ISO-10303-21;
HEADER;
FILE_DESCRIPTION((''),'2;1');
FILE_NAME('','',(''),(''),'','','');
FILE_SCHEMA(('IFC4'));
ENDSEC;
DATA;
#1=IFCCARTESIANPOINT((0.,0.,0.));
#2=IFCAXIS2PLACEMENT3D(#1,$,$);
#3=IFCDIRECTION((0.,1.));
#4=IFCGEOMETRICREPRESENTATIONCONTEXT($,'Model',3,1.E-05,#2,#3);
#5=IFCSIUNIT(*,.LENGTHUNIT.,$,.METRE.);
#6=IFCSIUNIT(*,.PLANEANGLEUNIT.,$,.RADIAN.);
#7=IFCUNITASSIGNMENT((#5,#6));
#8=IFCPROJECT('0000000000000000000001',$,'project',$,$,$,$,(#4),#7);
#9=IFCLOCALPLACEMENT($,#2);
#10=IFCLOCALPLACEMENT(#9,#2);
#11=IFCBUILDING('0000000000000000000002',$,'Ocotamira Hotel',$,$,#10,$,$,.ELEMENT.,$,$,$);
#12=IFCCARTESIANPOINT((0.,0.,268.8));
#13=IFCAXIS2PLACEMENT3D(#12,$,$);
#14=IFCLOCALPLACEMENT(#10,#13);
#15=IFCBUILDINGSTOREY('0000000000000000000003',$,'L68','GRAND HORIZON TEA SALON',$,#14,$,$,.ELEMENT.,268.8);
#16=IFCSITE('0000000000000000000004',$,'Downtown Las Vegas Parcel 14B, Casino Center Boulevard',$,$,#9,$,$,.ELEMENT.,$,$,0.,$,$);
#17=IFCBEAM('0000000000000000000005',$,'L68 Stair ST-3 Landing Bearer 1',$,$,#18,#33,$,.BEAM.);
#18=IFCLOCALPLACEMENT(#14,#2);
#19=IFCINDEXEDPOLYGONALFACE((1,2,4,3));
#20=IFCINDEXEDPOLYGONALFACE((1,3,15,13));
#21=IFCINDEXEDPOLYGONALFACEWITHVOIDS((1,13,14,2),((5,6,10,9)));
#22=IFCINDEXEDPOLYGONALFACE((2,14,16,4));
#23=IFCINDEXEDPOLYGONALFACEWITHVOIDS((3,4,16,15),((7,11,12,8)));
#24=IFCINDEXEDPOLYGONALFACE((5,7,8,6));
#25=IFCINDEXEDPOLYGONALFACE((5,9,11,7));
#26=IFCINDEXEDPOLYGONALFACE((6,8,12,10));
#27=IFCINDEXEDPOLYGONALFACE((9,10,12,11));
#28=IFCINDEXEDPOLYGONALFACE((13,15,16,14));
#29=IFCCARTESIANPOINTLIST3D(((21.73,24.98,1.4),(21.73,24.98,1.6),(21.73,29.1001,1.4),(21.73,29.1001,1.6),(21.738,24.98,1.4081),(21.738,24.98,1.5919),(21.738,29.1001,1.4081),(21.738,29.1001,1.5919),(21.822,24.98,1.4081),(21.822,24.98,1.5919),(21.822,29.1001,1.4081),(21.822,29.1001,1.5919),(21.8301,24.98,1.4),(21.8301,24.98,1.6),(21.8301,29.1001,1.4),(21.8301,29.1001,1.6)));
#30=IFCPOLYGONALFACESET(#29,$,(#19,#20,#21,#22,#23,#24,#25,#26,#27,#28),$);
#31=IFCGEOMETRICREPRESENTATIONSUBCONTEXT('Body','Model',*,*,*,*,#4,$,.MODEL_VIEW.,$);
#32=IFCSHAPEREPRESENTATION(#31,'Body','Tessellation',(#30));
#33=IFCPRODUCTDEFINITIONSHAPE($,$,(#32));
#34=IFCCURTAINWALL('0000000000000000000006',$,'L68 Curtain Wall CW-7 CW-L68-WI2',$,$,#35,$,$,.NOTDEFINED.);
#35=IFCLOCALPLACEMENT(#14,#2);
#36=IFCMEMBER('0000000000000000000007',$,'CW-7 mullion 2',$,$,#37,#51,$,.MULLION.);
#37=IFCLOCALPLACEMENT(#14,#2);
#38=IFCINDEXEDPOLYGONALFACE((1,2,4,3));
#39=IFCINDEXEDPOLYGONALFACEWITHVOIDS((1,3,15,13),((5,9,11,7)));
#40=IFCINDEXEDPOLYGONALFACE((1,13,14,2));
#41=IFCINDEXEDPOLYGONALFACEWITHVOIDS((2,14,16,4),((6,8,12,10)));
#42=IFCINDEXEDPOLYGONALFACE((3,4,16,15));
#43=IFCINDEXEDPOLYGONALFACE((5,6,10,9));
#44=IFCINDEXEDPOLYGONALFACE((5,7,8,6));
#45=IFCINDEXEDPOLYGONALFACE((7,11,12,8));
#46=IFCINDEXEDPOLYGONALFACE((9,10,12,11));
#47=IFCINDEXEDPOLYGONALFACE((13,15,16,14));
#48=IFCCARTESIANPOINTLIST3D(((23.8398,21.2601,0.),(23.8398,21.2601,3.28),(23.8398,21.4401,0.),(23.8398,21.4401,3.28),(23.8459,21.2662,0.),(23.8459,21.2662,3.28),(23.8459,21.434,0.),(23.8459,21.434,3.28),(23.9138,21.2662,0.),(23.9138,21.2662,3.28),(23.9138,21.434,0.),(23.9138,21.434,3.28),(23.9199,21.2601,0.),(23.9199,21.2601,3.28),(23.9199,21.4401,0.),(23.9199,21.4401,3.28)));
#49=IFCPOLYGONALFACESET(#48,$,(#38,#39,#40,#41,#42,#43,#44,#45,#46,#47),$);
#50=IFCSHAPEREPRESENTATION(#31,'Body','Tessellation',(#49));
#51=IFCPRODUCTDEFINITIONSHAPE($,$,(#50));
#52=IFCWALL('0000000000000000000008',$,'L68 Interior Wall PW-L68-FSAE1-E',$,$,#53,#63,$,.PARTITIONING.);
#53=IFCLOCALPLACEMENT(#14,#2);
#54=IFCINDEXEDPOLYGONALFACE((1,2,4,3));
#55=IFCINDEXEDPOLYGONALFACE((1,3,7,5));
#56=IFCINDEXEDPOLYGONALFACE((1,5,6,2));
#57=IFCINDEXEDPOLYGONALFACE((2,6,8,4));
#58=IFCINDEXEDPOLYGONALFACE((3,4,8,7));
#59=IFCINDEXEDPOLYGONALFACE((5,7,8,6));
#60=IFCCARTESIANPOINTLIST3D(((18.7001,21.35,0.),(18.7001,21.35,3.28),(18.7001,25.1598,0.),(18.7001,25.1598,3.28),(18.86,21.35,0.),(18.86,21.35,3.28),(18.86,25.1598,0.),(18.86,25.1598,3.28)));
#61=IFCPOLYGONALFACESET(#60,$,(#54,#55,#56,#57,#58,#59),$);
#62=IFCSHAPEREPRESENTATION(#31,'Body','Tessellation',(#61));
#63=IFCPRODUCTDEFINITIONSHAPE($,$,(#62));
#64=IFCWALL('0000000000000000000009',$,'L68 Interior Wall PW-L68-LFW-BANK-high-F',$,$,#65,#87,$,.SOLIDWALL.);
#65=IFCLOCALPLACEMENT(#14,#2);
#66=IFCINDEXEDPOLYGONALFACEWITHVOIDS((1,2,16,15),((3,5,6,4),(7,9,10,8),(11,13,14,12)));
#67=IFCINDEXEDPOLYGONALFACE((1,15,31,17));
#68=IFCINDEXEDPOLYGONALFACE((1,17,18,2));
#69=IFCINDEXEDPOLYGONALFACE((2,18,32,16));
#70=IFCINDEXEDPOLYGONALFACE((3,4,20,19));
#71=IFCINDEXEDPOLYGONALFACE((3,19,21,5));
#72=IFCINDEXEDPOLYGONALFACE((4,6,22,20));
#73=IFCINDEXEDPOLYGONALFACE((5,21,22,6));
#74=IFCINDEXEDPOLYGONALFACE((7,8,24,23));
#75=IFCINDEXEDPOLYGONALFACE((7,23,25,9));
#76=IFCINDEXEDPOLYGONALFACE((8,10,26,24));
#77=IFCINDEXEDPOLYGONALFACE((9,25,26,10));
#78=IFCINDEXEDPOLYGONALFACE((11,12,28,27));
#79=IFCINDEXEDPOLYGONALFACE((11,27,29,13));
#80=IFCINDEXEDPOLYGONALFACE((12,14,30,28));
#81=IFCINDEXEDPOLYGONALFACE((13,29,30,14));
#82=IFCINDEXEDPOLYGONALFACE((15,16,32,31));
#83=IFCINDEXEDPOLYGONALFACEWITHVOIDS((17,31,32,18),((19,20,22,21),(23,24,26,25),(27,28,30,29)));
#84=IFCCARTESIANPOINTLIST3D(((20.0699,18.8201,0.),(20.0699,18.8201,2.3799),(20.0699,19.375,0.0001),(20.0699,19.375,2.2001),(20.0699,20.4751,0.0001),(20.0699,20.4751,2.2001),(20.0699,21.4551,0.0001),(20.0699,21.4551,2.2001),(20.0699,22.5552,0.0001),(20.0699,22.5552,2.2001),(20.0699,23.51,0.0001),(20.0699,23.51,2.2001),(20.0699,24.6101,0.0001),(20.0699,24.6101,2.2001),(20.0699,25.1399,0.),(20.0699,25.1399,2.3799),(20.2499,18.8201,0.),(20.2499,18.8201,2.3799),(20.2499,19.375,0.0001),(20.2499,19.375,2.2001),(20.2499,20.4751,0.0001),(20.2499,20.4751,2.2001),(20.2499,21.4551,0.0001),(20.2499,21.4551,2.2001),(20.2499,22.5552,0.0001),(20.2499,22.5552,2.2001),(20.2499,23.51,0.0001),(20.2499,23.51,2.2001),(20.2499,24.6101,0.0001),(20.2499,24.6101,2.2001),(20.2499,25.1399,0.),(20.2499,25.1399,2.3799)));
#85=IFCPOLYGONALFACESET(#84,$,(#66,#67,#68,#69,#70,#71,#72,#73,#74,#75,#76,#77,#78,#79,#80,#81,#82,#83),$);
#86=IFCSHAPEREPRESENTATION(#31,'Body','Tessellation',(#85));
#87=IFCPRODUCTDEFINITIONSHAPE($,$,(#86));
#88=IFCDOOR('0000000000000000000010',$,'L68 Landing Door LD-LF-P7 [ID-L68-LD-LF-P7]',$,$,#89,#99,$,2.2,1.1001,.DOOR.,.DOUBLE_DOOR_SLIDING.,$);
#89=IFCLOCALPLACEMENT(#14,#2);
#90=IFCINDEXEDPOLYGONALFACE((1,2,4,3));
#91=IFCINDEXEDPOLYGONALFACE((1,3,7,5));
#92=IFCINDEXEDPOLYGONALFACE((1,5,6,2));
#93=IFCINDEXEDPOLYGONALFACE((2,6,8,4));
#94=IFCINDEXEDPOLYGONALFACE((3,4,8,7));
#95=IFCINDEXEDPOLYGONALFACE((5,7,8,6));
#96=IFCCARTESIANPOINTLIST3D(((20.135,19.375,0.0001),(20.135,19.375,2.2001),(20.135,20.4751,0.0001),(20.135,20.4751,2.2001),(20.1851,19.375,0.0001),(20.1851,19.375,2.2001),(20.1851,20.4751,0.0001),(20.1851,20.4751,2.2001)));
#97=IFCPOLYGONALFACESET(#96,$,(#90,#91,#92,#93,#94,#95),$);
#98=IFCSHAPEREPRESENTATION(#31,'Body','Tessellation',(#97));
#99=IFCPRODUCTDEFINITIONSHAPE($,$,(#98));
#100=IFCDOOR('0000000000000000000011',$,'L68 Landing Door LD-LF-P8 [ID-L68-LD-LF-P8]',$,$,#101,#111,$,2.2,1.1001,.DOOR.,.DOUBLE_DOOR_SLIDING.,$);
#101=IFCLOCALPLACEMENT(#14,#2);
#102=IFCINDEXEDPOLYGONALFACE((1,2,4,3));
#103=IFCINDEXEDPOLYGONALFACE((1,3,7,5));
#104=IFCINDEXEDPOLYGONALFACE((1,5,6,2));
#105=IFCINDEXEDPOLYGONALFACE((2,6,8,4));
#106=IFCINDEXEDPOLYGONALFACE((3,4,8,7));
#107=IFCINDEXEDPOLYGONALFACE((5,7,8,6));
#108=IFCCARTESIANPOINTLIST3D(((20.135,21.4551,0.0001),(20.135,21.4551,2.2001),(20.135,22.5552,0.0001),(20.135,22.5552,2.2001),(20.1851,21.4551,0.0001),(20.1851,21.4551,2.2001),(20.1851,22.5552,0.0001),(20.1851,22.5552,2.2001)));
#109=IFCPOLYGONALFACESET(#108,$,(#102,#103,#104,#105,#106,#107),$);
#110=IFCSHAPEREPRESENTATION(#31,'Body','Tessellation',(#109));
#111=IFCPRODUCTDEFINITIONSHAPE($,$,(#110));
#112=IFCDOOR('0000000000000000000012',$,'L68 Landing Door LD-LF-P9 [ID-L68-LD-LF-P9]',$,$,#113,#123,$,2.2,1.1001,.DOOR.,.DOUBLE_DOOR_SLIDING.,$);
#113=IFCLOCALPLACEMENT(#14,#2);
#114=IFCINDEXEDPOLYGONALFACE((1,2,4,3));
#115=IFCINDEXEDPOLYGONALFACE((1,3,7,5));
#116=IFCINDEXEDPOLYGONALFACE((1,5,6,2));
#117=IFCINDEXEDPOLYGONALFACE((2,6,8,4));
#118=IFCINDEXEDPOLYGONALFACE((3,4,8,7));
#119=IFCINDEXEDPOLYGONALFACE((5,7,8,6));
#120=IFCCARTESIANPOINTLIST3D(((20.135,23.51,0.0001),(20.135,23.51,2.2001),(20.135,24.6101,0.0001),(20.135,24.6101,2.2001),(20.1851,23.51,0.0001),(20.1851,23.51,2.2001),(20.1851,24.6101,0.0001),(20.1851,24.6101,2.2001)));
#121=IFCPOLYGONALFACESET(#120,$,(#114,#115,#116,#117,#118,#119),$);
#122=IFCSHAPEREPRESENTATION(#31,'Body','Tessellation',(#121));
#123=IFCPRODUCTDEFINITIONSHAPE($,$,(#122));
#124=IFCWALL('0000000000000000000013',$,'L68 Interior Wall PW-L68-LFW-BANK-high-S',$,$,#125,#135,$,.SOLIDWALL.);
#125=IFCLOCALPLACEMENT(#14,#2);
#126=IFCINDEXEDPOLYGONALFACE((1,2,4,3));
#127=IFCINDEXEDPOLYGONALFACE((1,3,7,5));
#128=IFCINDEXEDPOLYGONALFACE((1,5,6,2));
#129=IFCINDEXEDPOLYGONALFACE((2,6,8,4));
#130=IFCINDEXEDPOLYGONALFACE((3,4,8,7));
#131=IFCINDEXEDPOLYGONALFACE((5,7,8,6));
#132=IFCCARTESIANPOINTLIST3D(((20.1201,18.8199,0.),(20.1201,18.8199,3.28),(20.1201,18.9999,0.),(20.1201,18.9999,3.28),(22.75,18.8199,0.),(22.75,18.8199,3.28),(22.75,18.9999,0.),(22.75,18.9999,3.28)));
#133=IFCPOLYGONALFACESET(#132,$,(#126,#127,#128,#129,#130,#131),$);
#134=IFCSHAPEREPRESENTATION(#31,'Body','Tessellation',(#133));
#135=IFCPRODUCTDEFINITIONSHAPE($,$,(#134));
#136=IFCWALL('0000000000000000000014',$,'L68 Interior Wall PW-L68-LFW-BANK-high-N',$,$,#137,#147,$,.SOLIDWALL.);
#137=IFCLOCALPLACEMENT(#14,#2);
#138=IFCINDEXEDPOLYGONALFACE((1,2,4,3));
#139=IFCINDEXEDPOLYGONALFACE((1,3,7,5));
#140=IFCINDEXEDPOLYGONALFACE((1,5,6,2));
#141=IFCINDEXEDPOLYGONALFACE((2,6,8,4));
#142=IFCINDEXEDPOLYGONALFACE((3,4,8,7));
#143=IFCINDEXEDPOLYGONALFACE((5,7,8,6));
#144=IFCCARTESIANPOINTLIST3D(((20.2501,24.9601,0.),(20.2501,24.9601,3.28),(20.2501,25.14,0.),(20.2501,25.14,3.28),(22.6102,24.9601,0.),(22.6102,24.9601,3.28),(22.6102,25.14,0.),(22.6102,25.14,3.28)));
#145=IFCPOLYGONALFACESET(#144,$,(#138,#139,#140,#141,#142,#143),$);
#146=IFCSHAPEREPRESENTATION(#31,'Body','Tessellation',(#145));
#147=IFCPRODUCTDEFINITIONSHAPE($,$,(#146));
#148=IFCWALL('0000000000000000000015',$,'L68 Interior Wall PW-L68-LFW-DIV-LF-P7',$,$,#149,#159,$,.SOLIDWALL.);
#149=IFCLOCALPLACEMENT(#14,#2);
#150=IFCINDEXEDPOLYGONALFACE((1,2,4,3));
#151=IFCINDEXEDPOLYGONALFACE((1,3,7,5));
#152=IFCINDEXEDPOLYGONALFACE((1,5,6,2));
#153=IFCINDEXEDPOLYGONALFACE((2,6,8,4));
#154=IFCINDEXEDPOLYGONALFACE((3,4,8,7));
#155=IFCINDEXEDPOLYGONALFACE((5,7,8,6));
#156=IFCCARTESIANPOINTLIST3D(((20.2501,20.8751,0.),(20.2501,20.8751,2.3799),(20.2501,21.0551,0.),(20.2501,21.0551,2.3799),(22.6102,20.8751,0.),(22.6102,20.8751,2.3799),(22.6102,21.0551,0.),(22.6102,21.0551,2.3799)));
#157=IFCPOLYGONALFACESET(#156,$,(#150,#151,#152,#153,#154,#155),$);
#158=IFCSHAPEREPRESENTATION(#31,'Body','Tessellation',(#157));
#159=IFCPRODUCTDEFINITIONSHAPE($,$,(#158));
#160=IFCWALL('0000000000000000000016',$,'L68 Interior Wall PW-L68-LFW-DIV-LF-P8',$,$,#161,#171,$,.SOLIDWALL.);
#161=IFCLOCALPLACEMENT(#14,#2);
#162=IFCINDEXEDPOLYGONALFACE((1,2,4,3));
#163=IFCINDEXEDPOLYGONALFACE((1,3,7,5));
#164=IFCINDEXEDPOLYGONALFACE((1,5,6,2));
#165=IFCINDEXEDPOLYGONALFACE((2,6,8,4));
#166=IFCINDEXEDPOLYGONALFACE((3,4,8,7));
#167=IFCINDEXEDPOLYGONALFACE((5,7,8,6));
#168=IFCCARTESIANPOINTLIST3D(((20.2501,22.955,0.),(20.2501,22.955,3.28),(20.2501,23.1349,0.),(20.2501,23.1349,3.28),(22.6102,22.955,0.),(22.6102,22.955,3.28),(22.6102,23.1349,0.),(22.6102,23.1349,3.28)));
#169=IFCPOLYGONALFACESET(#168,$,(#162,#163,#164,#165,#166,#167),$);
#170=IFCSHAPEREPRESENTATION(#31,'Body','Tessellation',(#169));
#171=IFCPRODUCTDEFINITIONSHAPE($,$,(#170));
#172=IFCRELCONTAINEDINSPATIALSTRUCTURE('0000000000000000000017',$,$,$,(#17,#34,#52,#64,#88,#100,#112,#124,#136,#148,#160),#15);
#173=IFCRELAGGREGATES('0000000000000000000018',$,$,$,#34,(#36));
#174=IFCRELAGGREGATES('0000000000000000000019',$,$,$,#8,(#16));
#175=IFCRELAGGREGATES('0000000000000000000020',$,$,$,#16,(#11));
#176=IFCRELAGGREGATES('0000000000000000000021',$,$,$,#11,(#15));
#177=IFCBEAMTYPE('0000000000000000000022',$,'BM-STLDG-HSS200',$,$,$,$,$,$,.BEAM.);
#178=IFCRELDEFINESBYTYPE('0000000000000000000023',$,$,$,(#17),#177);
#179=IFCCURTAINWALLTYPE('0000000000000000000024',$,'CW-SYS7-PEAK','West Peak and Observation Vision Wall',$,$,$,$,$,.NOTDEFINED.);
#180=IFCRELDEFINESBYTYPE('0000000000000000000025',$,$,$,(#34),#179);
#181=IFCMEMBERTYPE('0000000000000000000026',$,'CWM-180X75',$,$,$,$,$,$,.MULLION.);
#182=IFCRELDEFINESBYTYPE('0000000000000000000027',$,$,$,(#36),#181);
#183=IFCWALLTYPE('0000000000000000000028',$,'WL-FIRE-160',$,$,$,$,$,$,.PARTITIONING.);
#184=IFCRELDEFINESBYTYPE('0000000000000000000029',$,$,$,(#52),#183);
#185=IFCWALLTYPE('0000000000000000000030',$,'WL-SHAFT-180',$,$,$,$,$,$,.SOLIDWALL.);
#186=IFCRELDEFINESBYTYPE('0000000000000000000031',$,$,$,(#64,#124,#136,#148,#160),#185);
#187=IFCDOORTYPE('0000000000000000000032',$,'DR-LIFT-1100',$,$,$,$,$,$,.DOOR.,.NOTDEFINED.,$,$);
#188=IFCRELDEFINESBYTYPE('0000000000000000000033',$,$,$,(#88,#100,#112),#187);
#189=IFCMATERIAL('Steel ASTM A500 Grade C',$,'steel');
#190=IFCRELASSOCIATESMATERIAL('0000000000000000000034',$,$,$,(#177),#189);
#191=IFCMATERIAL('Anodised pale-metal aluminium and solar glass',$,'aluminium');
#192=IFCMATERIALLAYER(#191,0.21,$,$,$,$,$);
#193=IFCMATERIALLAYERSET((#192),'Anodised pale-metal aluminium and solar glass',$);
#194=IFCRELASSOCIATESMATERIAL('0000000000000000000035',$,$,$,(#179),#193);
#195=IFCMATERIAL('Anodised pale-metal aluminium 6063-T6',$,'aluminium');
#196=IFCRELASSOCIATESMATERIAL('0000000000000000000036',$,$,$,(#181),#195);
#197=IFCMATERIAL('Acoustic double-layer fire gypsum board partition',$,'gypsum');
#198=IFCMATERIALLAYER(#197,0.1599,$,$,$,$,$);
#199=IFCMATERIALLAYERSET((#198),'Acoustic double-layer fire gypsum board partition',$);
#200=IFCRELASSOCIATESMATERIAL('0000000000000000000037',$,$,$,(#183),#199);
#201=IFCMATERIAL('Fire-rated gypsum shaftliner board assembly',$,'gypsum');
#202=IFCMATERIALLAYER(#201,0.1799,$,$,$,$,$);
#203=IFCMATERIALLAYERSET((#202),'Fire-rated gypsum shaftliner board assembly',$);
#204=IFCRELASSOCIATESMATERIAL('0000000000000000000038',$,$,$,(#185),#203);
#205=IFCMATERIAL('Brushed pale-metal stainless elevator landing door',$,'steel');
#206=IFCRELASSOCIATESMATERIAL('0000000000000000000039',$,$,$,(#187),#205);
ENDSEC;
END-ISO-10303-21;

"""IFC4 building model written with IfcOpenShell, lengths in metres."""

from ifc_helpers import new_model, si_unit, direction, frame, frame_2d, origin, origin_2d, place, context, subcontext, project, spatial, rectangle, hollow_rectangle, extrude, source, transform, mapped, material, layer, layer_set, material_profile, profile_set, type_object, element, fill, aggregate, save


model = new_model("IFC4")

# Units and contexts
model_context = context("Model", 3, precision=1e-05, world=origin(), true_north=direction((0.0, 1.0)))
body_context = subcontext(model_context, "Body", "Model", "MODEL_VIEW")
ifc_project = project(units=[si_unit("LENGTHUNIT", "METRE"), si_unit("PLANEANGLEUNIT", "RADIAN")], contexts=[model_context])

# Site, building, storey
site_placement = place(None, origin())
site = spatial("IfcSite", under=ifc_project, at=site_placement, Name="Downtown Las Vegas Parcel 14B, Casino Center Boulevard", CompositionType="ELEMENT", RefElevation=0.0)
building_placement = place(site_placement, origin())
building = spatial("IfcBuilding", under=site, at=building_placement, Name="Ocotamira Hotel", CompositionType="ELEMENT")
storey_placement = place(building_placement, frame((0.0, 0.0, 268.8)))
storey = spatial("IfcBuildingStorey", under=building, at=storey_placement, Name="L68", Description="GRAND HORIZON TEA SALON", CompositionType="ELEMENT", Elevation=268.8)

# Beam
ifc_material_1 = material(Name="Steel ASTM A500 Grade C", Category="steel")
ifc_material_profile_1 = material_profile(ifc_material_1, hollow_rectangle(XDim=0.1001, YDim=0.2, WallThickness=0.0081, at=origin_2d()), Name="HSS200X100X8")
ifc_profile_set_1 = profile_set([ifc_material_profile_1], Name="Steel ASTM A500 Grade C")
beam_type = type_object("IfcBeamType", Name="BM-STLDG-HSS200", PredefinedType="BEAM", material=ifc_profile_set_1)
shared_shape_1 = source(origin(), body_context, "Body", "SweptSolid", [
    extrude(hollow_rectangle(XDim=0.1001, YDim=0.2, WallThickness=0.0081, at=origin_2d()), origin(), (0.0, 0.0, 1.0), 4.1201),
])
beam_placement = place(storey_placement, frame((21.78, 24.98, 1.5), z_axis=(0.0, 1.0, 0.0), x_axis=(-1.0, 0.0, 0.0)))
element("IfcBeam", 1, at=beam_placement, inside=storey, type_object=beam_type, Name="L68 Stair ST-3 Landing Bearer 1", PredefinedType="BEAM", context=body_context, shape_type="MappedRepresentation", body=[
    mapped(shared_shape_1, transform((0.0, 0.0, 0.0), scale=1.0)),
])

# Curtain wall, member
ifc_material_2 = material(Name="Anodised pale-metal aluminium and solar glass", Category="aluminium")
ifc_layer_1 = layer(ifc_material_2, 0.21)
ifc_layer_set_1 = layer_set([ifc_layer_1], Name="Anodised pale-metal aluminium and solar glass")
curtain_wall_type = type_object("IfcCurtainWallType", Name="CW-SYS7-PEAK", Description="West Peak and Observation Vision Wall", PredefinedType="NOTDEFINED", material=ifc_layer_set_1)
curtain_wall_placement = place(storey_placement, origin())
curtain_wall = element("IfcCurtainWall", 2, at=curtain_wall_placement, inside=storey, type_object=curtain_wall_type, Name="L68 Curtain Wall CW-7 CW-L68-WI2", PredefinedType="NOTDEFINED")
ifc_material_3 = material(Name="Anodised pale-metal aluminium 6063-T6", Category="aluminium")
ifc_material_profile_2 = material_profile(ifc_material_3, hollow_rectangle(XDim=0.0801, YDim=0.1799, WallThickness=0.0061, at=origin_2d()), Name="HSS180X80X6")
ifc_profile_set_2 = profile_set([ifc_material_profile_2], Name="Anodised pale-metal aluminium 6063-T6")
member_type = type_object("IfcMemberType", Name="CWM-180X75", PredefinedType="MULLION", material=ifc_profile_set_2)
shared_shape_2 = source(origin(), body_context, "Body", "SweptSolid", [
    extrude(hollow_rectangle(XDim=0.0801, YDim=0.1799, WallThickness=0.0061, at=origin_2d()), origin(), (0.0, 0.0, 1.0), 3.28),
])
member_placement = place(storey_placement, frame((23.8799, 21.3501, 0.0), z_axis=(0.0, 0.0, 1.0), x_axis=(-1.0, 0.0, 0.0)))
member = element("IfcMember", 3, at=member_placement, type_object=member_type, Name="CW-7 mullion 2", PredefinedType="MULLION", context=body_context, shape_type="MappedRepresentation", body=[
    mapped(shared_shape_2, transform((0.0, 0.0, 0.0), scale=1.0)),
])
aggregate(curtain_wall, [member])

# Shared definitions
ifc_material_4 = material(Name="Acoustic double-layer fire gypsum board partition", Category="gypsum")
ifc_layer_2 = layer(ifc_material_4, 0.1599)
ifc_layer_set_2 = layer_set([ifc_layer_2], Name="Acoustic double-layer fire gypsum board partition")
wall_type_1 = type_object("IfcWallType", Name="WL-FIRE-160", PredefinedType="PARTITIONING", material=ifc_layer_set_2)

# Wall
wall_1_placement = place(storey_placement, frame((18.78, 21.3501, 0.0), z_axis=(0.0, 0.0, 1.0), x_axis=(0.0, 1.0, 0.0)))
element("IfcWall", 4, at=wall_1_placement, inside=storey, type_object=wall_type_1, Name="L68 Interior Wall PW-L68-FSAE1-E", PredefinedType="PARTITIONING", context=body_context, shape_type="SweptSolid", body=[
    extrude(rectangle(XDim=3.8098, YDim=0.1599, at=frame_2d((1.9048, 0.0))), origin(), (0.0, 0.0, 1.0), 3.28),
])

# Wall, openings, doors
ifc_material_5 = material(Name="Fire-rated gypsum shaftliner board assembly", Category="gypsum")
ifc_layer_3 = layer(ifc_material_5, 0.1799)
ifc_layer_set_3 = layer_set([ifc_layer_3], Name="Fire-rated gypsum shaftliner board assembly")
wall_type_2 = type_object("IfcWallType", Name="WL-SHAFT-180", PredefinedType="SOLIDWALL", material=ifc_layer_set_3)
wall_2_placement = place(storey_placement, frame((20.1599, 18.8201, 0.0), z_axis=(0.0, 0.0, 1.0), x_axis=(0.0, 1.0, 0.0)))
wall_2 = element("IfcWall", 5, at=wall_2_placement, inside=storey, type_object=wall_type_2, Name="L68 Interior Wall PW-L68-LFW-BANK-high-F", PredefinedType="SOLIDWALL", context=body_context, shape_type="SweptSolid", body=[
    extrude(rectangle(XDim=6.3198, YDim=0.1799, at=frame_2d((3.1599, 0.0))), origin(), (0.0, 0.0, 1.0), 2.3799),
])
opening_1_placement = place(wall_2_placement, frame((0.5549, 0.0, 0.0)))
opening_1 = element("IfcOpeningElement", 6, at=opening_1_placement, cuts=wall_2, PredefinedType="OPENING", context=body_context, shape_type="SweptSolid", body=[
    extrude(rectangle(XDim=1.1001, YDim=2.2, at=frame_2d((0.55, 1.1001))), frame((0.0, 0.1001, 0.0), z_axis=(0.0, -1.0, 0.0), x_axis=(1.0, 0.0, 0.0)), (0.0, 0.0, 1.0), 0.2),
])
opening_2_placement = place(wall_2_placement, frame((2.635, 0.0, 0.0)))
opening_2 = element("IfcOpeningElement", 7, at=opening_2_placement, cuts=wall_2, PredefinedType="OPENING", context=body_context, shape_type="SweptSolid", body=[
    extrude(rectangle(XDim=1.1001, YDim=2.2, at=frame_2d((0.55, 1.1001))), frame((0.0, 0.1001, 0.0), z_axis=(0.0, -1.0, 0.0), x_axis=(1.0, 0.0, 0.0)), (0.0, 0.0, 1.0), 0.2),
])
opening_3_placement = place(wall_2_placement, frame((4.6899, 0.0, 0.0)))
opening_3 = element("IfcOpeningElement", 8, at=opening_3_placement, cuts=wall_2, PredefinedType="OPENING", context=body_context, shape_type="SweptSolid", body=[
    extrude(rectangle(XDim=1.1001, YDim=2.2, at=frame_2d((0.55, 1.1001))), frame((0.0, 0.1001, 0.0), z_axis=(0.0, -1.0, 0.0), x_axis=(1.0, 0.0, 0.0)), (0.0, 0.0, 1.0), 0.2),
])
ifc_material_6 = material(Name="Brushed pale-metal stainless elevator landing door", Category="steel")
door_type_1 = type_object("IfcDoorType", Name="DR-LIFT-1100", OperationType="NOTDEFINED", PredefinedType="DOOR", material=ifc_material_6)
shared_shape_3 = source(origin(), body_context, "Body", "SweptSolid", [
    extrude(rectangle(XDim=1.1001, YDim=2.2, at=frame_2d((0.55, 1.1001))), frame((0.0, 0.0249, 0.0), z_axis=(0.0, -1.0, 0.0), x_axis=(1.0, 0.0, 0.0)), (0.0, 0.0, 1.0), 0.05),
])
door_1_placement = place(opening_1_placement, origin())
door_1 = element("IfcDoor", 9, at=door_1_placement, inside=storey, type_object=door_type_1, Name="L68 Landing Door LD-LF-P7 [ID-L68-LD-LF-P7]", OperationType="DOUBLE_DOOR_SLIDING", OverallHeight=2.2, OverallWidth=1.1001, PredefinedType="DOOR", context=body_context, shape_type="MappedRepresentation", body=[
    mapped(shared_shape_3, transform((0.0, 0.0, 0.0), scale=1.0)),
])
fill(opening_1, door_1)
door_2_placement = place(opening_2_placement, origin())
door_2 = element("IfcDoor", 10, at=door_2_placement, inside=storey, type_object=door_type_1, Name="L68 Landing Door LD-LF-P8 [ID-L68-LD-LF-P8]", OperationType="DOUBLE_DOOR_SLIDING", OverallHeight=2.2, OverallWidth=1.1001, PredefinedType="DOOR", context=body_context, shape_type="MappedRepresentation", body=[
    mapped(shared_shape_3, transform((0.0, 0.0, 0.0), scale=1.0)),
])
fill(opening_2, door_2)
door_3_placement = place(opening_3_placement, origin())
door_3 = element("IfcDoor", 11, at=door_3_placement, inside=storey, type_object=door_type_1, Name="L68 Landing Door LD-LF-P9 [ID-L68-LD-LF-P9]", OperationType="DOUBLE_DOOR_SLIDING", OverallHeight=2.2, OverallWidth=1.1001, PredefinedType="DOOR", context=body_context, shape_type="MappedRepresentation", body=[
    mapped(shared_shape_3, transform((0.0, 0.0, 0.0), scale=1.0)),
])
fill(opening_3, door_3)

# Walls
wall_3_placement = place(storey_placement, frame((20.1201, 18.9099, 0.0), z_axis=(0.0, 0.0, 1.0), x_axis=(1.0, 0.0, 0.0)))
element("IfcWall", 12, at=wall_3_placement, inside=storey, type_object=wall_type_2, Name="L68 Interior Wall PW-L68-LFW-BANK-high-S", PredefinedType="SOLIDWALL", context=body_context, shape_type="SweptSolid", body=[
    extrude(rectangle(XDim=2.6299, YDim=0.1799, at=frame_2d((1.3149, 0.0))), origin(), (0.0, 0.0, 1.0), 3.28),
])
wall_4_placement = place(storey_placement, frame((20.25, 25.05, 0.0), z_axis=(0.0, 0.0, 1.0), x_axis=(1.0, 0.0, 0.0)))
element("IfcWall", 13, at=wall_4_placement, inside=storey, type_object=wall_type_2, Name="L68 Interior Wall PW-L68-LFW-BANK-high-N", PredefinedType="SOLIDWALL", context=body_context, shape_type="SweptSolid", body=[
    extrude(rectangle(XDim=2.3601, YDim=0.1799, at=frame_2d((1.1802, 0.0))), origin(), (0.0, 0.0, 1.0), 3.28),
])
wall_5_placement = place(storey_placement, frame((20.25, 20.9651, 0.0), z_axis=(0.0, 0.0, 1.0), x_axis=(1.0, 0.0, 0.0)))
element("IfcWall", 14, at=wall_5_placement, inside=storey, type_object=wall_type_2, Name="L68 Interior Wall PW-L68-LFW-DIV-LF-P7", PredefinedType="SOLIDWALL", context=body_context, shape_type="SweptSolid", body=[
    extrude(rectangle(XDim=2.3601, YDim=0.1799, at=frame_2d((1.1802, 0.0))), origin(), (0.0, 0.0, 1.0), 2.3799),
])
wall_6_placement = place(storey_placement, frame((20.25, 23.0449, 0.0), z_axis=(0.0, 0.0, 1.0), x_axis=(1.0, 0.0, 0.0)))
element("IfcWall", 15, at=wall_6_placement, inside=storey, type_object=wall_type_2, Name="L68 Interior Wall PW-L68-LFW-DIV-LF-P8", PredefinedType="SOLIDWALL", context=body_context, shape_type="SweptSolid", body=[
    extrude(rectangle(XDim=2.3601, YDim=0.1799, at=frame_2d((1.1802, 0.0))), origin(), (0.0, 0.0, 1.0), 3.28),
])

save(model, "model.ifc")
